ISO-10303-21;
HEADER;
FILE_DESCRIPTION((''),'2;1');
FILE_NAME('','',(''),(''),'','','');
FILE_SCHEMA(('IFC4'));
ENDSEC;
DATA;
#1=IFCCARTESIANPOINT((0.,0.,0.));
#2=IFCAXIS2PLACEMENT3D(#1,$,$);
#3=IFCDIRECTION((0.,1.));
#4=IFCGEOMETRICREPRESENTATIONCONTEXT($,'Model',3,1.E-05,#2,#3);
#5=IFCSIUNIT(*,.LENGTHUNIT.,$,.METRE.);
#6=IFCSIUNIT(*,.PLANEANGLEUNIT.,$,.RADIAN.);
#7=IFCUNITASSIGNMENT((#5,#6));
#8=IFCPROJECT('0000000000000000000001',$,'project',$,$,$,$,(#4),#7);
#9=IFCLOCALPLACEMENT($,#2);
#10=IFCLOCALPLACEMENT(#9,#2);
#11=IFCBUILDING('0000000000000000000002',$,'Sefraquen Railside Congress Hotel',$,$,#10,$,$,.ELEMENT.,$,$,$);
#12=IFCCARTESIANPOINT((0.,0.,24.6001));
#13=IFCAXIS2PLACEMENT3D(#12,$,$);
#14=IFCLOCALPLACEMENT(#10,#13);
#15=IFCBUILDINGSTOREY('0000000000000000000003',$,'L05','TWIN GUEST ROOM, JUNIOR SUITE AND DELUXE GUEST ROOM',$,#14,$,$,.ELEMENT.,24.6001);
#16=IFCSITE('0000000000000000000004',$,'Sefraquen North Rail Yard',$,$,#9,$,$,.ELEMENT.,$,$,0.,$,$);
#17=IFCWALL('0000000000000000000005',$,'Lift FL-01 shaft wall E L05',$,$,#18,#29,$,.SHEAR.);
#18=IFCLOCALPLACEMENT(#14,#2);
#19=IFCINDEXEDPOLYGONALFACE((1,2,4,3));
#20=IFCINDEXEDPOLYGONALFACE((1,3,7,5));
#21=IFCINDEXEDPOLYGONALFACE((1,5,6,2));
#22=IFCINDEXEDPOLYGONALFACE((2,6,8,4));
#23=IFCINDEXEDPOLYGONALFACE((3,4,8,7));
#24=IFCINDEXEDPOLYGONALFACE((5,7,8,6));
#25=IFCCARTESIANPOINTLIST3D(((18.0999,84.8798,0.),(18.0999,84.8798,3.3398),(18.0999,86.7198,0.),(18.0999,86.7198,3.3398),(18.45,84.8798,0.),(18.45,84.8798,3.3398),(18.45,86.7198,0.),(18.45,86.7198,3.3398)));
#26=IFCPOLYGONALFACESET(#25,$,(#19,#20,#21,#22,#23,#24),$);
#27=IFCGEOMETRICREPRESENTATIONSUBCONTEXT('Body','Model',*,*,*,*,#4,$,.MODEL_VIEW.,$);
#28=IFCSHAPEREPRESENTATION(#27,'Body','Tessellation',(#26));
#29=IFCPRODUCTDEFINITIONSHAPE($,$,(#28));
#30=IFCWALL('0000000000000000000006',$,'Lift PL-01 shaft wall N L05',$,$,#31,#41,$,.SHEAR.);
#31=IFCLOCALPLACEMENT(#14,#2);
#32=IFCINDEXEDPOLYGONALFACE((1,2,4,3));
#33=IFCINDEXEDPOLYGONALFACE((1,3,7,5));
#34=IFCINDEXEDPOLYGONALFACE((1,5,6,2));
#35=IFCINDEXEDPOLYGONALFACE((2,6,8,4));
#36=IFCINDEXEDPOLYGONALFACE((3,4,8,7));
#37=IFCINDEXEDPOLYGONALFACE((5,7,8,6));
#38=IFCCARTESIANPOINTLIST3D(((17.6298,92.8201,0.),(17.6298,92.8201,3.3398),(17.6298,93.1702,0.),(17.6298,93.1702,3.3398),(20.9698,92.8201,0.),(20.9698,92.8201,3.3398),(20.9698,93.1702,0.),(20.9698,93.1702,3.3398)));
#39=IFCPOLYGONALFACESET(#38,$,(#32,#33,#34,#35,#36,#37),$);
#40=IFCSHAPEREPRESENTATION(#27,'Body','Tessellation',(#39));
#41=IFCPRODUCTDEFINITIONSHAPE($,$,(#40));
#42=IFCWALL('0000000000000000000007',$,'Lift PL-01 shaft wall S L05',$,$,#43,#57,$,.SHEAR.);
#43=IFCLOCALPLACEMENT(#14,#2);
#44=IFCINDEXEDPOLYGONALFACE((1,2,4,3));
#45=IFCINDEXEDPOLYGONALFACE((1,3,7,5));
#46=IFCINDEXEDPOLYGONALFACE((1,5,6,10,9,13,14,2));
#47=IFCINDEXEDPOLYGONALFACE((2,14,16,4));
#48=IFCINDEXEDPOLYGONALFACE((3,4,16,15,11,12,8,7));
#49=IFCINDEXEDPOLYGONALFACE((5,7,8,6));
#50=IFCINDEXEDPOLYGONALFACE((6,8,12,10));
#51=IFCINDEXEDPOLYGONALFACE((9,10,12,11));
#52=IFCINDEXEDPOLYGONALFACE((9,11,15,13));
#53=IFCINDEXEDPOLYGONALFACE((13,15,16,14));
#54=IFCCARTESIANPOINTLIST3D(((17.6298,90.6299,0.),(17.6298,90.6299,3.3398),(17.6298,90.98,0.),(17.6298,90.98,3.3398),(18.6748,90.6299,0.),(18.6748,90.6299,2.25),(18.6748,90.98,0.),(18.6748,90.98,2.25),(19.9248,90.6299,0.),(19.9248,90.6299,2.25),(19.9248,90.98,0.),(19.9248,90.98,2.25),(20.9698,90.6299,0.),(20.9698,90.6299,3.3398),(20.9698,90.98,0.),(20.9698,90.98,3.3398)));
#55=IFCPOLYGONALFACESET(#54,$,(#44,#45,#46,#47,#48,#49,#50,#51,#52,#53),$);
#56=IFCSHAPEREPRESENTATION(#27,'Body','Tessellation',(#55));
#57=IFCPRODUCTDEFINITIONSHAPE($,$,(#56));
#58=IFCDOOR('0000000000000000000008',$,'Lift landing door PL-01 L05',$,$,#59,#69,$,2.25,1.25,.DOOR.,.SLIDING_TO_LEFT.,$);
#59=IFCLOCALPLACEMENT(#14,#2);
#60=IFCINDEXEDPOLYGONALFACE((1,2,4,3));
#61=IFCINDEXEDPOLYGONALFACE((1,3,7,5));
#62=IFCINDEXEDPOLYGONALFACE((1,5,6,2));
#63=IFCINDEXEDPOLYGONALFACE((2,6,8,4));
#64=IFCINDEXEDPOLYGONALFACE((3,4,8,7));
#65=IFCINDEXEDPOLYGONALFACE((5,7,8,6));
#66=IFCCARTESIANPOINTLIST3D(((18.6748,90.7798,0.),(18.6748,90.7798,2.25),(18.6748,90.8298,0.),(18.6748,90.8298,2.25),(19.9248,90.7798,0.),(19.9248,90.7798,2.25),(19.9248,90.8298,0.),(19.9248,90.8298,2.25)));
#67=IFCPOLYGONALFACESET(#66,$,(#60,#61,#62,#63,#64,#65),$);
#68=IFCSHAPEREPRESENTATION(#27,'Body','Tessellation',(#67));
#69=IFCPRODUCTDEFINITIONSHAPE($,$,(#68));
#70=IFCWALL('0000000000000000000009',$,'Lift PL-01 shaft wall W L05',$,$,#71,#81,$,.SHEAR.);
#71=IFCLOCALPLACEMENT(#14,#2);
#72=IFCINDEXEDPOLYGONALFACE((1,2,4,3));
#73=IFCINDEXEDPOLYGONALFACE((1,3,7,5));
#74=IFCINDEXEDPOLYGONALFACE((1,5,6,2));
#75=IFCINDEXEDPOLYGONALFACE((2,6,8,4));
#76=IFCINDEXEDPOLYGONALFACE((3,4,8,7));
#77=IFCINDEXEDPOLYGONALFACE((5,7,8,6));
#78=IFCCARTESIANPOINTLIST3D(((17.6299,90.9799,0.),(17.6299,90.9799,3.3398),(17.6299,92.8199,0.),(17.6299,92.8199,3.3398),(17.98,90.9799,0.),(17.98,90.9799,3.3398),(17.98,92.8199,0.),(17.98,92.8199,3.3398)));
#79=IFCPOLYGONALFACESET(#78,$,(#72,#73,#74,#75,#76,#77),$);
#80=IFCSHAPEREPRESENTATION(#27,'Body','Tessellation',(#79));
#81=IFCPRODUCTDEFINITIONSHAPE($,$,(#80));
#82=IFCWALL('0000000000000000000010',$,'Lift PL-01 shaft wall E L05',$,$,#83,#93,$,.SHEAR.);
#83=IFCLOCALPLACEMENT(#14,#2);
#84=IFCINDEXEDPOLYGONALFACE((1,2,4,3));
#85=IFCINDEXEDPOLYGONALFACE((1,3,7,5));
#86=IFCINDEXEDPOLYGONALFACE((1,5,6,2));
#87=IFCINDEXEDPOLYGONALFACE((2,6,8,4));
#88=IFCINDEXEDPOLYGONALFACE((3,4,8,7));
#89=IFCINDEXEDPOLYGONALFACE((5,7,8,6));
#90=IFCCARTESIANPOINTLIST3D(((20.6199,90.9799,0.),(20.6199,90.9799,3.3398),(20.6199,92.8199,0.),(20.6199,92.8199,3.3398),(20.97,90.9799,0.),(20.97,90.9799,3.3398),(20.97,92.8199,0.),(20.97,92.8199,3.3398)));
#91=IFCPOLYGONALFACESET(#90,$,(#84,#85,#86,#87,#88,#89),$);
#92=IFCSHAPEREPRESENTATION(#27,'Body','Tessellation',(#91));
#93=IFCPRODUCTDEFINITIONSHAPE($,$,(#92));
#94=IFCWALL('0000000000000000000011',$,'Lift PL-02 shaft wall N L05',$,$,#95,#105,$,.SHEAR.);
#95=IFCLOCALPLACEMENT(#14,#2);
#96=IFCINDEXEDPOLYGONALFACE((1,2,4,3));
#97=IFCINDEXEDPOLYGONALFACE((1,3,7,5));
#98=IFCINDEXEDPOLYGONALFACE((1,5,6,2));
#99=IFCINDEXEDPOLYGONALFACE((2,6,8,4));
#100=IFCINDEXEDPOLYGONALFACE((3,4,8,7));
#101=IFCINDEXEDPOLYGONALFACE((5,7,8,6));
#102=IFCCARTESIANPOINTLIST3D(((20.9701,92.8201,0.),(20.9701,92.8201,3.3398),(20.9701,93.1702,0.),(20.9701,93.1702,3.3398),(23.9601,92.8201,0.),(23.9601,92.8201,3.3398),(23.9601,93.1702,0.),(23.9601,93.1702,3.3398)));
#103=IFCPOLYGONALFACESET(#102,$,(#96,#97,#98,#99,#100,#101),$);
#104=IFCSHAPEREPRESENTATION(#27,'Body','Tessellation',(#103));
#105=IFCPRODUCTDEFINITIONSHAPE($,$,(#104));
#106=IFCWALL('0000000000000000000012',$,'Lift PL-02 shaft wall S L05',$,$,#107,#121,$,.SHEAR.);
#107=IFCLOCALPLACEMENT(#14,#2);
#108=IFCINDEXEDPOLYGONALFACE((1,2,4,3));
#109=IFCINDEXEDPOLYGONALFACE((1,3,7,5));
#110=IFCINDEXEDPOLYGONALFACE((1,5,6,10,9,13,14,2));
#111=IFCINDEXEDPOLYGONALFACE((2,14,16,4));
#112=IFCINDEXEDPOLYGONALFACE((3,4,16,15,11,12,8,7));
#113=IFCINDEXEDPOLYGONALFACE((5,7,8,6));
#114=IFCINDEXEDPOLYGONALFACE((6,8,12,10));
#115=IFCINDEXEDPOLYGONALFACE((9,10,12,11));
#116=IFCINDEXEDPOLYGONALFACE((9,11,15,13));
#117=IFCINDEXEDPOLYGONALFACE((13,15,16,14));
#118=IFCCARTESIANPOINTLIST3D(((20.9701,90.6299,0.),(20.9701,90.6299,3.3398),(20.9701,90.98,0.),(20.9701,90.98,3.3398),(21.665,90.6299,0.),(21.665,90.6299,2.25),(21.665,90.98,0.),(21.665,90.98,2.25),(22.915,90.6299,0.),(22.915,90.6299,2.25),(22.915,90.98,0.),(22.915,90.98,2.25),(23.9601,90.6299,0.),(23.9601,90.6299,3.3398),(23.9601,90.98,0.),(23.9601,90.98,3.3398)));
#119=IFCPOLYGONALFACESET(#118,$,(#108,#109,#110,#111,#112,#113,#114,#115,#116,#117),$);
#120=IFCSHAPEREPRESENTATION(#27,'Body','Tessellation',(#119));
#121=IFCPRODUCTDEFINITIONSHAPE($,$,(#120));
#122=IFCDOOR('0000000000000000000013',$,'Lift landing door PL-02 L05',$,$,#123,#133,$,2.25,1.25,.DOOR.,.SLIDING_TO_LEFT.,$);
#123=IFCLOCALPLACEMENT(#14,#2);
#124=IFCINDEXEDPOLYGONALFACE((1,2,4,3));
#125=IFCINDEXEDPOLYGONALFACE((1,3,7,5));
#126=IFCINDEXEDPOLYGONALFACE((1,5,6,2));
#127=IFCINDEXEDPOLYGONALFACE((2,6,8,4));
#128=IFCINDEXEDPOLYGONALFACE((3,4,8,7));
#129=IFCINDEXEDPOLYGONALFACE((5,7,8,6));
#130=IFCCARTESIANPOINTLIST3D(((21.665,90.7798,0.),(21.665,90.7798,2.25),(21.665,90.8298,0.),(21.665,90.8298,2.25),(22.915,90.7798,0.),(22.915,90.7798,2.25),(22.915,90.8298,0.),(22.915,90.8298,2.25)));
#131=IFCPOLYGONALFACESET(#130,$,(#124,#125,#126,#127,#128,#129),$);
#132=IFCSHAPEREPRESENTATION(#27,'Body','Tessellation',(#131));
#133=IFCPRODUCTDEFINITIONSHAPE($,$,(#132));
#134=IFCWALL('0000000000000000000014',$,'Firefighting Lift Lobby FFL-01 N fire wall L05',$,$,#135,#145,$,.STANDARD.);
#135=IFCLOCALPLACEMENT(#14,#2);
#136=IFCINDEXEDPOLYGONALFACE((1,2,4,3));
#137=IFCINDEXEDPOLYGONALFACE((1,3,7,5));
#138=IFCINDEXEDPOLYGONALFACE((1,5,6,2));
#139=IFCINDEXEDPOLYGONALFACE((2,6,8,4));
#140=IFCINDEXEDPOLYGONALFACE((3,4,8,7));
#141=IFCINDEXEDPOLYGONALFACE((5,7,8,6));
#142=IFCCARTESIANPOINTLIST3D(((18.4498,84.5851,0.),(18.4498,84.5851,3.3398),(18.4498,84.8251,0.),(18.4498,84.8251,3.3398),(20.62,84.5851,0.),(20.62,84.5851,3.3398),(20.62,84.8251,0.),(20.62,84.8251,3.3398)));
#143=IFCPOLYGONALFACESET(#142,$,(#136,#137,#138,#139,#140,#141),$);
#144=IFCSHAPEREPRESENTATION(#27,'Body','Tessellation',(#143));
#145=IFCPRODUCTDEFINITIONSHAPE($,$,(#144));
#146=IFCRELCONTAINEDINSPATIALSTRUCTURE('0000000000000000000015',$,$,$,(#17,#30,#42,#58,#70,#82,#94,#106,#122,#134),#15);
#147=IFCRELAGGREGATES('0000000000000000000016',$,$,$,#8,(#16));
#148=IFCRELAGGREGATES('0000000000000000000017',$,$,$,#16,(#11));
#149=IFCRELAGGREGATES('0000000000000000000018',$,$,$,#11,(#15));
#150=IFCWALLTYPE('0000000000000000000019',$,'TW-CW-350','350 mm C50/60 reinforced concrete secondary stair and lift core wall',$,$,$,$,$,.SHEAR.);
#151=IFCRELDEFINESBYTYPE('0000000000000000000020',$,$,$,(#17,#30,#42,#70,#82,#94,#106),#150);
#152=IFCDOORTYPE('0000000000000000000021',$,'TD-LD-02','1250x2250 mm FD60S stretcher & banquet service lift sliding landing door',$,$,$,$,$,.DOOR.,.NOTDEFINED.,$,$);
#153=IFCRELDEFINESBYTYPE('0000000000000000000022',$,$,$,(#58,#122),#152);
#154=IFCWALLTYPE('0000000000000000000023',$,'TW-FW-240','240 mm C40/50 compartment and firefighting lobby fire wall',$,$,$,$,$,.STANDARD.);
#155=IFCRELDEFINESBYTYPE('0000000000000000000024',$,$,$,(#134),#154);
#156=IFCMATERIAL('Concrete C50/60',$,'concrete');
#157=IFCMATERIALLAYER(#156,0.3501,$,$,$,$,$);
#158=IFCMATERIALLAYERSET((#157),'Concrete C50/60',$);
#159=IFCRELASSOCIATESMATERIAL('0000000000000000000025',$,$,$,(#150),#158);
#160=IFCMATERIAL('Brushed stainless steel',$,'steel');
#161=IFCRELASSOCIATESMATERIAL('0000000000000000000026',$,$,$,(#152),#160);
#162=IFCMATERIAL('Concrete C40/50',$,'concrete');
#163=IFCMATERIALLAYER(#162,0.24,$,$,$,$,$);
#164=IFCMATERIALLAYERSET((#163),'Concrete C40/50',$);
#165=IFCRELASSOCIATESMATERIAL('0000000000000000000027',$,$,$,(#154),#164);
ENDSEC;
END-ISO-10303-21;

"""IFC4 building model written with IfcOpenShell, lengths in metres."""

from ifc_helpers import new_model, si_unit, direction, frame, frame_2d, origin, place, context, subcontext, project, spatial, rectangle, extrude, material, layer, layer_set, type_object, element, fill, save


model = new_model("IFC4")

# Units and contexts
model_context = context("Model", 3, precision=1e-05, world=origin(), true_north=direction((0.0, 1.0)))
body_context = subcontext(model_context, "Body", "Model", "MODEL_VIEW")
ifc_project = project(units=[si_unit("LENGTHUNIT", "METRE"), si_unit("PLANEANGLEUNIT", "RADIAN")], contexts=[model_context])

# Site, building, storey
site_placement = place(None, origin())
site = spatial("IfcSite", under=ifc_project, at=site_placement, Name="Sefraquen North Rail Yard", CompositionType="ELEMENT", RefElevation=0.0)
building_placement = place(site_placement, origin())
building = spatial("IfcBuilding", under=site, at=building_placement, Name="Sefraquen Railside Congress Hotel", CompositionType="ELEMENT")
storey_placement = place(building_placement, frame((0.0, 0.0, 24.6001)))
storey = spatial("IfcBuildingStorey", under=building, at=storey_placement, Name="L05", Description="TWIN GUEST ROOM, JUNIOR SUITE AND DELUXE GUEST ROOM", CompositionType="ELEMENT", Elevation=24.6001)

# Walls
ifc_material_1 = material(Name="Concrete C50/60", Category="concrete")
ifc_layer_1 = layer(ifc_material_1, 0.3501)
ifc_layer_set_1 = layer_set([ifc_layer_1], Name="Concrete C50/60")
wall_type_1 = type_object("IfcWallType", Name="TW-CW-350", Description="350 mm C50/60 reinforced concrete secondary stair and lift core wall", PredefinedType="SHEAR", material=ifc_layer_set_1)
wall_1_placement = place(storey_placement, frame((18.2749, 84.8799, 0.0), z_axis=(0.0, 0.0, 1.0), x_axis=(0.0, 1.0, 0.0)))
element("IfcWall", 1, at=wall_1_placement, inside=storey, type_object=wall_type_1, Name="Lift FL-01 shaft wall E L05", PredefinedType="SHEAR", context=body_context, shape_type="SweptSolid", body=[
    extrude(rectangle(XDim=1.8401, YDim=0.3501, at=frame_2d((0.9199, 0.0))), origin(), (0.0, 0.0, 1.0), 3.3398),
])
wall_2_placement = place(storey_placement, frame((17.6299, 92.9951, 0.0), z_axis=(0.0, 0.0, 1.0), x_axis=(1.0, 0.0, 0.0)))
element("IfcWall", 2, at=wall_2_placement, inside=storey, type_object=wall_type_1, Name="Lift PL-01 shaft wall N L05", PredefinedType="SHEAR", context=body_context, shape_type="SweptSolid", body=[
    extrude(rectangle(XDim=3.3401, YDim=0.3501, at=frame_2d((1.6699, 0.0))), origin(), (0.0, 0.0, 1.0), 3.3398),
])

# Wall, opening, door
wall_3_placement = place(storey_placement, frame((17.6299, 90.8049, 0.0), z_axis=(0.0, 0.0, 1.0), x_axis=(1.0, 0.0, 0.0)))
wall_3 = element("IfcWall", 3, at=wall_3_placement, inside=storey, type_object=wall_type_1, Name="Lift PL-01 shaft wall S L05", PredefinedType="SHEAR", context=body_context, shape_type="SweptSolid", body=[
    extrude(rectangle(XDim=3.3401, YDim=0.3501, at=frame_2d((1.6699, 0.0))), origin(), (0.0, 0.0, 1.0), 3.3398),
])
opening_1_placement = place(wall_3_placement, frame((1.0449, 0.0, 0.0)))
opening_1 = element("IfcOpeningElement", 4, at=opening_1_placement, cuts=wall_3, PredefinedType="OPENING", context=body_context, shape_type="SweptSolid", body=[
    extrude(rectangle(XDim=1.25, YDim=2.25, at=frame_2d((0.625, 1.125))), frame((0.0, 0.1851, 0.0), z_axis=(0.0, -1.0, 0.0), x_axis=(1.0, 0.0, 0.0)), (0.0, 0.0, 1.0), 0.3701),
])
ifc_material_2 = material(Name="Brushed stainless steel", Category="steel")
door_type = type_object("IfcDoorType", Name="TD-LD-02", Description="1250x2250 mm FD60S stretcher & banquet service lift sliding landing door", OperationType="NOTDEFINED", PredefinedType="DOOR", material=ifc_material_2)
door_1_placement = place(opening_1_placement, origin())
door_1 = element("IfcDoor", 5, at=door_1_placement, inside=storey, type_object=door_type, Name="Lift landing door PL-01 L05", OperationType="SLIDING_TO_LEFT", OverallHeight=2.25, OverallWidth=1.25, PredefinedType="DOOR", context=body_context, shape_type="SweptSolid", body=[
    extrude(rectangle(XDim=1.25, YDim=2.25, at=frame_2d((0.625, 1.125))), frame((0.0, 0.0249, 0.0), z_axis=(0.0, -1.0, 0.0), x_axis=(1.0, 0.0, 0.0)), (0.0, 0.0, 1.0), 0.05),
])
fill(opening_1, door_1)

# Walls
for number, where, z_axis, x_axis, name in (
    (6, (17.8049, 90.98, 0.0), (0.0, 0.0, 1.0), (0.0, 1.0, 0.0), "Lift PL-01 shaft wall W L05"),
    (7, (20.7949, 90.98, 0.0), (0.0, 0.0, 1.0), (0.0, 1.0, 0.0), "Lift PL-01 shaft wall E L05"),
):
    element("IfcWall", number, at=place(storey_placement, frame(where, z_axis=z_axis, x_axis=x_axis)), inside=storey, type_object=wall_type_1, Name=name, PredefinedType="SHEAR", context=body_context, shape_type="SweptSolid", body=[
        extrude(rectangle(XDim=1.8401, YDim=0.3501, at=frame_2d((0.9199, 0.0))), origin(), (0.0, 0.0, 1.0), 3.3398),
    ])
wall_4_placement = place(storey_placement, frame((20.97, 92.9951, 0.0), z_axis=(0.0, 0.0, 1.0), x_axis=(1.0, 0.0, 0.0)))
element("IfcWall", 8, at=wall_4_placement, inside=storey, type_object=wall_type_1, Name="Lift PL-02 shaft wall N L05", PredefinedType="SHEAR", context=body_context, shape_type="SweptSolid", body=[
    extrude(rectangle(XDim=2.99, YDim=0.3501, at=frame_2d((1.4951, 0.0))), origin(), (0.0, 0.0, 1.0), 3.3398),
])

# Wall, opening, door
wall_5_placement = place(storey_placement, frame((20.97, 90.8049, 0.0), z_axis=(0.0, 0.0, 1.0), x_axis=(1.0, 0.0, 0.0)))
wall_5 = element("IfcWall", 9, at=wall_5_placement, inside=storey, type_object=wall_type_1, Name="Lift PL-02 shaft wall S L05", PredefinedType="SHEAR", context=body_context, shape_type="SweptSolid", body=[
    extrude(rectangle(XDim=2.99, YDim=0.3501, at=frame_2d((1.4951, 0.0))), origin(), (0.0, 0.0, 1.0), 3.3398),
])
opening_2_placement = place(wall_5_placement, frame((0.6951, 0.0, 0.0)))
opening_2 = element("IfcOpeningElement", 10, at=opening_2_placement, cuts=wall_5, PredefinedType="OPENING", context=body_context, shape_type="SweptSolid", body=[
    extrude(rectangle(XDim=1.25, YDim=2.25, at=frame_2d((0.625, 1.125))), frame((0.0, 0.1851, 0.0), z_axis=(0.0, -1.0, 0.0), x_axis=(1.0, 0.0, 0.0)), (0.0, 0.0, 1.0), 0.3701),
])
door_2_placement = place(opening_2_placement, origin())
door_2 = element("IfcDoor", 11, at=door_2_placement, inside=storey, type_object=door_type, Name="Lift landing door PL-02 L05", OperationType="SLIDING_TO_LEFT", OverallHeight=2.25, OverallWidth=1.25, PredefinedType="DOOR", context=body_context, shape_type="SweptSolid", body=[
    extrude(rectangle(XDim=1.25, YDim=2.25, at=frame_2d((0.625, 1.125))), frame((0.0, 0.0249, 0.0), z_axis=(0.0, -1.0, 0.0), x_axis=(1.0, 0.0, 0.0)), (0.0, 0.0, 1.0), 0.05),
])
fill(opening_2, door_2)

# Wall
ifc_material_3 = material(Name="Concrete C40/50", Category="concrete")
ifc_layer_2 = layer(ifc_material_3, 0.24)
ifc_layer_set_2 = layer_set([ifc_layer_2], Name="Concrete C40/50")
wall_type_2 = type_object("IfcWallType", Name="TW-FW-240", Description="240 mm C40/50 compartment and firefighting lobby fire wall", PredefinedType="STANDARD", material=ifc_layer_set_2)
wall_6_placement = place(storey_placement, frame((18.45, 84.7051, 0.0), z_axis=(0.0, 0.0, 1.0), x_axis=(1.0, 0.0, 0.0)))
element("IfcWall", 12, at=wall_6_placement, inside=storey, type_object=wall_type_2, Name="Firefighting Lift Lobby FFL-01 N fire wall L05", PredefinedType="STANDARD", context=body_context, shape_type="SweptSolid", body=[
    extrude(rectangle(XDim=2.1702, YDim=0.24, at=frame_2d((1.085, 0.0))), origin(), (0.0, 0.0, 1.0), 3.3398),
])

save(model, "model.ifc")
